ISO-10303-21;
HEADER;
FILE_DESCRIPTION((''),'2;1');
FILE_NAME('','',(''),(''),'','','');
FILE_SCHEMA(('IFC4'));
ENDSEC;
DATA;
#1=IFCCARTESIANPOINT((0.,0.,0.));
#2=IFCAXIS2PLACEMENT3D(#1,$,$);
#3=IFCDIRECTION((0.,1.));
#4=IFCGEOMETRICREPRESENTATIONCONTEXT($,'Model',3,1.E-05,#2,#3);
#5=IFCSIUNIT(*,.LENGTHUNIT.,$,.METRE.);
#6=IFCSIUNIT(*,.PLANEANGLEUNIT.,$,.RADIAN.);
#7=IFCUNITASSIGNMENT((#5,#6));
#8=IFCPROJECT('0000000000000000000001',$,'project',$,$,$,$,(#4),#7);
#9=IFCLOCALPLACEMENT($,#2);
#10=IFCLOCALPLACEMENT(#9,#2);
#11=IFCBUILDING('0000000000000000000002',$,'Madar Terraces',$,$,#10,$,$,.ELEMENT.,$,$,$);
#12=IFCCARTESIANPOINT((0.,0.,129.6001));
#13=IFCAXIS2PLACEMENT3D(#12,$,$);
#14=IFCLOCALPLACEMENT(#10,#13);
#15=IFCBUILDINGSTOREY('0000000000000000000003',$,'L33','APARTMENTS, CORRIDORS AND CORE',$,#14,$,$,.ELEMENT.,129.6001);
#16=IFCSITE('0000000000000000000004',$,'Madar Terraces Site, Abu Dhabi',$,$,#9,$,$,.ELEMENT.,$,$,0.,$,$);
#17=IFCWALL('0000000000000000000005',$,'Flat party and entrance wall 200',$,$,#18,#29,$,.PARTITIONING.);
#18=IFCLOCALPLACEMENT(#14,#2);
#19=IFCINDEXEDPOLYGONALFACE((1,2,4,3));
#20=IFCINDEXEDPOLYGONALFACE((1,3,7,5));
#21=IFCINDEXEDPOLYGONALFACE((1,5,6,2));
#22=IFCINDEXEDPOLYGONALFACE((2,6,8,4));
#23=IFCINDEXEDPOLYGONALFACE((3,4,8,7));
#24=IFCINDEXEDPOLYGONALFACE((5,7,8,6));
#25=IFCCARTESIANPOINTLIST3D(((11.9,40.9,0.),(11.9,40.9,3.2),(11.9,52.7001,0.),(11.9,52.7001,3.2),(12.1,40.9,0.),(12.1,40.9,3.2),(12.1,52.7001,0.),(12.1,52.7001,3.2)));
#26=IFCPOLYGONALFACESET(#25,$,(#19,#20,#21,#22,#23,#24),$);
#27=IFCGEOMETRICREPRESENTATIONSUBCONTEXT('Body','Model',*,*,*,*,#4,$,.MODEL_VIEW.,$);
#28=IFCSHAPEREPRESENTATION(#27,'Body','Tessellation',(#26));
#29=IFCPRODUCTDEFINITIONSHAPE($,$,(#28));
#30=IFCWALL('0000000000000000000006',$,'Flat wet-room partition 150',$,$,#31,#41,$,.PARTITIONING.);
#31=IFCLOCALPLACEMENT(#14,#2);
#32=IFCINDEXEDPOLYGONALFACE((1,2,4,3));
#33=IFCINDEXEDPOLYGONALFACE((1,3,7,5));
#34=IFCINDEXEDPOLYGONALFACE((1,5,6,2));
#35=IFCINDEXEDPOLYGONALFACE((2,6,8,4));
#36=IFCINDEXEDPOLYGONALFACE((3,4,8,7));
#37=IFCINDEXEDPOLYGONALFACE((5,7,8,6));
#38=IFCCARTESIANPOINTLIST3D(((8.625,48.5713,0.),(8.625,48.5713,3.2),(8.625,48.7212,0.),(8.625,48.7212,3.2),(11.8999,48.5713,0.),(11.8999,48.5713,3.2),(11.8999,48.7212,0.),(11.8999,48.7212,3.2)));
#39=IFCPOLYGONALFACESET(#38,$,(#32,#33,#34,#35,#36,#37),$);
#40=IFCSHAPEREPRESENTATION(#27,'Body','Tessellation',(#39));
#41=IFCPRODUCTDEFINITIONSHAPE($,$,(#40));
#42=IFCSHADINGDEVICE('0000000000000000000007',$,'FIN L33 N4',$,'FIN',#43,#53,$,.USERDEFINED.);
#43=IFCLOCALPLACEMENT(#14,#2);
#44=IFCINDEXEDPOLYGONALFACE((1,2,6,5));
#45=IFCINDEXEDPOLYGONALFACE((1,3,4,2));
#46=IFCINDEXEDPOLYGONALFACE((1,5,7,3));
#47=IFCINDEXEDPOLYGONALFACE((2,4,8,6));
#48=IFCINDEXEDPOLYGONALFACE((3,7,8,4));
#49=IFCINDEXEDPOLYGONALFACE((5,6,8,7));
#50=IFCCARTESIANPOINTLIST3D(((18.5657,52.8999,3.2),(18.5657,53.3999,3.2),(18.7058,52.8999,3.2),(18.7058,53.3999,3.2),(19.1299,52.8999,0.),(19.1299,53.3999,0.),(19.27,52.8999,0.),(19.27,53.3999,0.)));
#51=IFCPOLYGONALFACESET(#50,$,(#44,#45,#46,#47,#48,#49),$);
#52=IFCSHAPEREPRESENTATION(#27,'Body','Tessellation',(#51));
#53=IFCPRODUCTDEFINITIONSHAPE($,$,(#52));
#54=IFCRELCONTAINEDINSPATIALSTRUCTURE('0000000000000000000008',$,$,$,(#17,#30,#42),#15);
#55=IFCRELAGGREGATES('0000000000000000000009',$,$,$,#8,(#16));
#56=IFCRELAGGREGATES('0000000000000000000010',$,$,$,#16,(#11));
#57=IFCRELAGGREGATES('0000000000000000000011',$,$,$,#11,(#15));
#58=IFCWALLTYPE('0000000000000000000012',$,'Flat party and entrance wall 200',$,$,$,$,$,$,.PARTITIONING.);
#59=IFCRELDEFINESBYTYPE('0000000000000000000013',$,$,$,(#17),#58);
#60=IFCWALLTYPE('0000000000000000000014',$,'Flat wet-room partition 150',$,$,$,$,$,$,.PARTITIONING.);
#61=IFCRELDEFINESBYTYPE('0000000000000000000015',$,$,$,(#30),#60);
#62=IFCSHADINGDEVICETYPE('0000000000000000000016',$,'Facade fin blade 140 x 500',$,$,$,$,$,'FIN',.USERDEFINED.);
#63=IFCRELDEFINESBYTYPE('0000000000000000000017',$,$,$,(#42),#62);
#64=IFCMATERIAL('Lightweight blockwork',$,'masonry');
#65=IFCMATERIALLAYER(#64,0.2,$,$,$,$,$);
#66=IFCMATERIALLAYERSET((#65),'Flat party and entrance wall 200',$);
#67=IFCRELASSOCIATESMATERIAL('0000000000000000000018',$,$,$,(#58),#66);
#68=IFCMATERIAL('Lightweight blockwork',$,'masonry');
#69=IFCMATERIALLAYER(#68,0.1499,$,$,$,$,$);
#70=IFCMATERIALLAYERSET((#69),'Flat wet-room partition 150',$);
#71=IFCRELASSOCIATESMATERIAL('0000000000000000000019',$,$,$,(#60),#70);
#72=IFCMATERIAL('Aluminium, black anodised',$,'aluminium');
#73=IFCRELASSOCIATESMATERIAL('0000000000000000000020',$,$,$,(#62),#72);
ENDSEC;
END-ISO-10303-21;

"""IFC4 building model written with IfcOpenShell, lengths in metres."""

from ifc_helpers import new_model, si_unit, direction, frame, frame_2d, origin, place, context, subcontext, project, spatial, polyline, rectangle, outline, extrude, material, layer, layer_set, type_object, element, save


model = new_model("IFC4")

# Units and contexts
model_context = context("Model", 3, precision=1e-05, world=origin(), true_north=direction((0.0, 1.0)))
body_context = subcontext(model_context, "Body", "Model", "MODEL_VIEW")
ifc_project = project(units=[si_unit("LENGTHUNIT", "METRE"), si_unit("PLANEANGLEUNIT", "RADIAN")], contexts=[model_context])

# Site, building, storey
site_placement = place(None, origin())
site = spatial("IfcSite", under=ifc_project, at=site_placement, Name="Madar Terraces Site, Abu Dhabi", CompositionType="ELEMENT", RefElevation=0.0)
building_placement = place(site_placement, origin())
building = spatial("IfcBuilding", under=site, at=building_placement, Name="Madar Terraces", CompositionType="ELEMENT")
storey_placement = place(building_placement, frame((0.0, 0.0, 129.6001)))
storey = spatial("IfcBuildingStorey", under=building, at=storey_placement, Name="L33", Description="APARTMENTS, CORRIDORS AND CORE", CompositionType="ELEMENT", Elevation=129.6001)

# Walls
ifc_material_1 = material(Name="Lightweight blockwork", Category="masonry")
ifc_layer_1 = layer(ifc_material_1, 0.2)
ifc_layer_set_1 = layer_set([ifc_layer_1], Name="Flat party and entrance wall 200")
wall_type_1 = type_object("IfcWallType", Name="Flat party and entrance wall 200", PredefinedType="PARTITIONING", material=ifc_layer_set_1)
wall_1_placement = place(storey_placement, frame((12.0, 52.7, 0.0), z_axis=(0.0, 0.0, 1.0), x_axis=(0.0, -1.0, 0.0)))
element("IfcWall", 1, at=wall_1_placement, inside=storey, type_object=wall_type_1, Name="Flat party and entrance wall 200", PredefinedType="PARTITIONING", context=body_context, shape_type="SweptSolid", body=[
    extrude(rectangle(XDim=11.8, YDim=0.2, at=frame_2d((5.8999, 0.0))), origin(), (0.0, 0.0, 1.0), 3.2),
])
ifc_material_2 = material(Name="Lightweight blockwork", Category="masonry")
ifc_layer_2 = layer(ifc_material_2, 0.1499)
ifc_layer_set_2 = layer_set([ifc_layer_2], Name="Flat wet-room partition 150")
wall_type_2 = type_object("IfcWallType", Name="Flat wet-room partition 150", PredefinedType="PARTITIONING", material=ifc_layer_set_2)
wall_2_placement = place(storey_placement, frame((11.8999, 48.6462, 0.0), z_axis=(0.0, 0.0, 1.0), x_axis=(-1.0, 0.0, 0.0)))
element("IfcWall", 2, at=wall_2_placement, inside=storey, type_object=wall_type_2, Name="Flat wet-room partition 150", PredefinedType="PARTITIONING", context=body_context, shape_type="SweptSolid", body=[
    extrude(rectangle(XDim=3.2749, YDim=0.1499, at=frame_2d((1.6375, 0.0))), origin(), (0.0, 0.0, 1.0), 3.2),
])

# Shading device
ifc_material_3 = material(Name="Aluminium, black anodised", Category="aluminium")
shading_device_type = type_object("IfcShadingDeviceType", Name="Facade fin blade 140 x 500", ElementType="FIN", PredefinedType="USERDEFINED", material=ifc_material_3)
shading_device_placement = place(storey_placement, frame((19.27, 53.1499, 0.0), z_axis=(0.0, 0.0, 1.0), x_axis=(-1.0, 0.0, 0.0)))
element("IfcShadingDevice", 3, at=shading_device_placement, inside=storey, type_object=shading_device_type, Name="FIN L33 N4", ObjectType="FIN", PredefinedType="USERDEFINED", context=body_context, shape_type="SweptSolid", body=[
    extrude(outline(polyline([(0.0, 0.0), (0.1401, 0.0), (0.7043, 3.2), (0.5642, 3.2), (0.0, 0.0)])), frame((0.0, 0.25, 0.0), z_axis=(0.0, -1.0, 0.0), x_axis=(1.0, 0.0, 0.0)), (0.0, 0.0, 1.0), 0.5),
])

save(model, "model.ifc")
